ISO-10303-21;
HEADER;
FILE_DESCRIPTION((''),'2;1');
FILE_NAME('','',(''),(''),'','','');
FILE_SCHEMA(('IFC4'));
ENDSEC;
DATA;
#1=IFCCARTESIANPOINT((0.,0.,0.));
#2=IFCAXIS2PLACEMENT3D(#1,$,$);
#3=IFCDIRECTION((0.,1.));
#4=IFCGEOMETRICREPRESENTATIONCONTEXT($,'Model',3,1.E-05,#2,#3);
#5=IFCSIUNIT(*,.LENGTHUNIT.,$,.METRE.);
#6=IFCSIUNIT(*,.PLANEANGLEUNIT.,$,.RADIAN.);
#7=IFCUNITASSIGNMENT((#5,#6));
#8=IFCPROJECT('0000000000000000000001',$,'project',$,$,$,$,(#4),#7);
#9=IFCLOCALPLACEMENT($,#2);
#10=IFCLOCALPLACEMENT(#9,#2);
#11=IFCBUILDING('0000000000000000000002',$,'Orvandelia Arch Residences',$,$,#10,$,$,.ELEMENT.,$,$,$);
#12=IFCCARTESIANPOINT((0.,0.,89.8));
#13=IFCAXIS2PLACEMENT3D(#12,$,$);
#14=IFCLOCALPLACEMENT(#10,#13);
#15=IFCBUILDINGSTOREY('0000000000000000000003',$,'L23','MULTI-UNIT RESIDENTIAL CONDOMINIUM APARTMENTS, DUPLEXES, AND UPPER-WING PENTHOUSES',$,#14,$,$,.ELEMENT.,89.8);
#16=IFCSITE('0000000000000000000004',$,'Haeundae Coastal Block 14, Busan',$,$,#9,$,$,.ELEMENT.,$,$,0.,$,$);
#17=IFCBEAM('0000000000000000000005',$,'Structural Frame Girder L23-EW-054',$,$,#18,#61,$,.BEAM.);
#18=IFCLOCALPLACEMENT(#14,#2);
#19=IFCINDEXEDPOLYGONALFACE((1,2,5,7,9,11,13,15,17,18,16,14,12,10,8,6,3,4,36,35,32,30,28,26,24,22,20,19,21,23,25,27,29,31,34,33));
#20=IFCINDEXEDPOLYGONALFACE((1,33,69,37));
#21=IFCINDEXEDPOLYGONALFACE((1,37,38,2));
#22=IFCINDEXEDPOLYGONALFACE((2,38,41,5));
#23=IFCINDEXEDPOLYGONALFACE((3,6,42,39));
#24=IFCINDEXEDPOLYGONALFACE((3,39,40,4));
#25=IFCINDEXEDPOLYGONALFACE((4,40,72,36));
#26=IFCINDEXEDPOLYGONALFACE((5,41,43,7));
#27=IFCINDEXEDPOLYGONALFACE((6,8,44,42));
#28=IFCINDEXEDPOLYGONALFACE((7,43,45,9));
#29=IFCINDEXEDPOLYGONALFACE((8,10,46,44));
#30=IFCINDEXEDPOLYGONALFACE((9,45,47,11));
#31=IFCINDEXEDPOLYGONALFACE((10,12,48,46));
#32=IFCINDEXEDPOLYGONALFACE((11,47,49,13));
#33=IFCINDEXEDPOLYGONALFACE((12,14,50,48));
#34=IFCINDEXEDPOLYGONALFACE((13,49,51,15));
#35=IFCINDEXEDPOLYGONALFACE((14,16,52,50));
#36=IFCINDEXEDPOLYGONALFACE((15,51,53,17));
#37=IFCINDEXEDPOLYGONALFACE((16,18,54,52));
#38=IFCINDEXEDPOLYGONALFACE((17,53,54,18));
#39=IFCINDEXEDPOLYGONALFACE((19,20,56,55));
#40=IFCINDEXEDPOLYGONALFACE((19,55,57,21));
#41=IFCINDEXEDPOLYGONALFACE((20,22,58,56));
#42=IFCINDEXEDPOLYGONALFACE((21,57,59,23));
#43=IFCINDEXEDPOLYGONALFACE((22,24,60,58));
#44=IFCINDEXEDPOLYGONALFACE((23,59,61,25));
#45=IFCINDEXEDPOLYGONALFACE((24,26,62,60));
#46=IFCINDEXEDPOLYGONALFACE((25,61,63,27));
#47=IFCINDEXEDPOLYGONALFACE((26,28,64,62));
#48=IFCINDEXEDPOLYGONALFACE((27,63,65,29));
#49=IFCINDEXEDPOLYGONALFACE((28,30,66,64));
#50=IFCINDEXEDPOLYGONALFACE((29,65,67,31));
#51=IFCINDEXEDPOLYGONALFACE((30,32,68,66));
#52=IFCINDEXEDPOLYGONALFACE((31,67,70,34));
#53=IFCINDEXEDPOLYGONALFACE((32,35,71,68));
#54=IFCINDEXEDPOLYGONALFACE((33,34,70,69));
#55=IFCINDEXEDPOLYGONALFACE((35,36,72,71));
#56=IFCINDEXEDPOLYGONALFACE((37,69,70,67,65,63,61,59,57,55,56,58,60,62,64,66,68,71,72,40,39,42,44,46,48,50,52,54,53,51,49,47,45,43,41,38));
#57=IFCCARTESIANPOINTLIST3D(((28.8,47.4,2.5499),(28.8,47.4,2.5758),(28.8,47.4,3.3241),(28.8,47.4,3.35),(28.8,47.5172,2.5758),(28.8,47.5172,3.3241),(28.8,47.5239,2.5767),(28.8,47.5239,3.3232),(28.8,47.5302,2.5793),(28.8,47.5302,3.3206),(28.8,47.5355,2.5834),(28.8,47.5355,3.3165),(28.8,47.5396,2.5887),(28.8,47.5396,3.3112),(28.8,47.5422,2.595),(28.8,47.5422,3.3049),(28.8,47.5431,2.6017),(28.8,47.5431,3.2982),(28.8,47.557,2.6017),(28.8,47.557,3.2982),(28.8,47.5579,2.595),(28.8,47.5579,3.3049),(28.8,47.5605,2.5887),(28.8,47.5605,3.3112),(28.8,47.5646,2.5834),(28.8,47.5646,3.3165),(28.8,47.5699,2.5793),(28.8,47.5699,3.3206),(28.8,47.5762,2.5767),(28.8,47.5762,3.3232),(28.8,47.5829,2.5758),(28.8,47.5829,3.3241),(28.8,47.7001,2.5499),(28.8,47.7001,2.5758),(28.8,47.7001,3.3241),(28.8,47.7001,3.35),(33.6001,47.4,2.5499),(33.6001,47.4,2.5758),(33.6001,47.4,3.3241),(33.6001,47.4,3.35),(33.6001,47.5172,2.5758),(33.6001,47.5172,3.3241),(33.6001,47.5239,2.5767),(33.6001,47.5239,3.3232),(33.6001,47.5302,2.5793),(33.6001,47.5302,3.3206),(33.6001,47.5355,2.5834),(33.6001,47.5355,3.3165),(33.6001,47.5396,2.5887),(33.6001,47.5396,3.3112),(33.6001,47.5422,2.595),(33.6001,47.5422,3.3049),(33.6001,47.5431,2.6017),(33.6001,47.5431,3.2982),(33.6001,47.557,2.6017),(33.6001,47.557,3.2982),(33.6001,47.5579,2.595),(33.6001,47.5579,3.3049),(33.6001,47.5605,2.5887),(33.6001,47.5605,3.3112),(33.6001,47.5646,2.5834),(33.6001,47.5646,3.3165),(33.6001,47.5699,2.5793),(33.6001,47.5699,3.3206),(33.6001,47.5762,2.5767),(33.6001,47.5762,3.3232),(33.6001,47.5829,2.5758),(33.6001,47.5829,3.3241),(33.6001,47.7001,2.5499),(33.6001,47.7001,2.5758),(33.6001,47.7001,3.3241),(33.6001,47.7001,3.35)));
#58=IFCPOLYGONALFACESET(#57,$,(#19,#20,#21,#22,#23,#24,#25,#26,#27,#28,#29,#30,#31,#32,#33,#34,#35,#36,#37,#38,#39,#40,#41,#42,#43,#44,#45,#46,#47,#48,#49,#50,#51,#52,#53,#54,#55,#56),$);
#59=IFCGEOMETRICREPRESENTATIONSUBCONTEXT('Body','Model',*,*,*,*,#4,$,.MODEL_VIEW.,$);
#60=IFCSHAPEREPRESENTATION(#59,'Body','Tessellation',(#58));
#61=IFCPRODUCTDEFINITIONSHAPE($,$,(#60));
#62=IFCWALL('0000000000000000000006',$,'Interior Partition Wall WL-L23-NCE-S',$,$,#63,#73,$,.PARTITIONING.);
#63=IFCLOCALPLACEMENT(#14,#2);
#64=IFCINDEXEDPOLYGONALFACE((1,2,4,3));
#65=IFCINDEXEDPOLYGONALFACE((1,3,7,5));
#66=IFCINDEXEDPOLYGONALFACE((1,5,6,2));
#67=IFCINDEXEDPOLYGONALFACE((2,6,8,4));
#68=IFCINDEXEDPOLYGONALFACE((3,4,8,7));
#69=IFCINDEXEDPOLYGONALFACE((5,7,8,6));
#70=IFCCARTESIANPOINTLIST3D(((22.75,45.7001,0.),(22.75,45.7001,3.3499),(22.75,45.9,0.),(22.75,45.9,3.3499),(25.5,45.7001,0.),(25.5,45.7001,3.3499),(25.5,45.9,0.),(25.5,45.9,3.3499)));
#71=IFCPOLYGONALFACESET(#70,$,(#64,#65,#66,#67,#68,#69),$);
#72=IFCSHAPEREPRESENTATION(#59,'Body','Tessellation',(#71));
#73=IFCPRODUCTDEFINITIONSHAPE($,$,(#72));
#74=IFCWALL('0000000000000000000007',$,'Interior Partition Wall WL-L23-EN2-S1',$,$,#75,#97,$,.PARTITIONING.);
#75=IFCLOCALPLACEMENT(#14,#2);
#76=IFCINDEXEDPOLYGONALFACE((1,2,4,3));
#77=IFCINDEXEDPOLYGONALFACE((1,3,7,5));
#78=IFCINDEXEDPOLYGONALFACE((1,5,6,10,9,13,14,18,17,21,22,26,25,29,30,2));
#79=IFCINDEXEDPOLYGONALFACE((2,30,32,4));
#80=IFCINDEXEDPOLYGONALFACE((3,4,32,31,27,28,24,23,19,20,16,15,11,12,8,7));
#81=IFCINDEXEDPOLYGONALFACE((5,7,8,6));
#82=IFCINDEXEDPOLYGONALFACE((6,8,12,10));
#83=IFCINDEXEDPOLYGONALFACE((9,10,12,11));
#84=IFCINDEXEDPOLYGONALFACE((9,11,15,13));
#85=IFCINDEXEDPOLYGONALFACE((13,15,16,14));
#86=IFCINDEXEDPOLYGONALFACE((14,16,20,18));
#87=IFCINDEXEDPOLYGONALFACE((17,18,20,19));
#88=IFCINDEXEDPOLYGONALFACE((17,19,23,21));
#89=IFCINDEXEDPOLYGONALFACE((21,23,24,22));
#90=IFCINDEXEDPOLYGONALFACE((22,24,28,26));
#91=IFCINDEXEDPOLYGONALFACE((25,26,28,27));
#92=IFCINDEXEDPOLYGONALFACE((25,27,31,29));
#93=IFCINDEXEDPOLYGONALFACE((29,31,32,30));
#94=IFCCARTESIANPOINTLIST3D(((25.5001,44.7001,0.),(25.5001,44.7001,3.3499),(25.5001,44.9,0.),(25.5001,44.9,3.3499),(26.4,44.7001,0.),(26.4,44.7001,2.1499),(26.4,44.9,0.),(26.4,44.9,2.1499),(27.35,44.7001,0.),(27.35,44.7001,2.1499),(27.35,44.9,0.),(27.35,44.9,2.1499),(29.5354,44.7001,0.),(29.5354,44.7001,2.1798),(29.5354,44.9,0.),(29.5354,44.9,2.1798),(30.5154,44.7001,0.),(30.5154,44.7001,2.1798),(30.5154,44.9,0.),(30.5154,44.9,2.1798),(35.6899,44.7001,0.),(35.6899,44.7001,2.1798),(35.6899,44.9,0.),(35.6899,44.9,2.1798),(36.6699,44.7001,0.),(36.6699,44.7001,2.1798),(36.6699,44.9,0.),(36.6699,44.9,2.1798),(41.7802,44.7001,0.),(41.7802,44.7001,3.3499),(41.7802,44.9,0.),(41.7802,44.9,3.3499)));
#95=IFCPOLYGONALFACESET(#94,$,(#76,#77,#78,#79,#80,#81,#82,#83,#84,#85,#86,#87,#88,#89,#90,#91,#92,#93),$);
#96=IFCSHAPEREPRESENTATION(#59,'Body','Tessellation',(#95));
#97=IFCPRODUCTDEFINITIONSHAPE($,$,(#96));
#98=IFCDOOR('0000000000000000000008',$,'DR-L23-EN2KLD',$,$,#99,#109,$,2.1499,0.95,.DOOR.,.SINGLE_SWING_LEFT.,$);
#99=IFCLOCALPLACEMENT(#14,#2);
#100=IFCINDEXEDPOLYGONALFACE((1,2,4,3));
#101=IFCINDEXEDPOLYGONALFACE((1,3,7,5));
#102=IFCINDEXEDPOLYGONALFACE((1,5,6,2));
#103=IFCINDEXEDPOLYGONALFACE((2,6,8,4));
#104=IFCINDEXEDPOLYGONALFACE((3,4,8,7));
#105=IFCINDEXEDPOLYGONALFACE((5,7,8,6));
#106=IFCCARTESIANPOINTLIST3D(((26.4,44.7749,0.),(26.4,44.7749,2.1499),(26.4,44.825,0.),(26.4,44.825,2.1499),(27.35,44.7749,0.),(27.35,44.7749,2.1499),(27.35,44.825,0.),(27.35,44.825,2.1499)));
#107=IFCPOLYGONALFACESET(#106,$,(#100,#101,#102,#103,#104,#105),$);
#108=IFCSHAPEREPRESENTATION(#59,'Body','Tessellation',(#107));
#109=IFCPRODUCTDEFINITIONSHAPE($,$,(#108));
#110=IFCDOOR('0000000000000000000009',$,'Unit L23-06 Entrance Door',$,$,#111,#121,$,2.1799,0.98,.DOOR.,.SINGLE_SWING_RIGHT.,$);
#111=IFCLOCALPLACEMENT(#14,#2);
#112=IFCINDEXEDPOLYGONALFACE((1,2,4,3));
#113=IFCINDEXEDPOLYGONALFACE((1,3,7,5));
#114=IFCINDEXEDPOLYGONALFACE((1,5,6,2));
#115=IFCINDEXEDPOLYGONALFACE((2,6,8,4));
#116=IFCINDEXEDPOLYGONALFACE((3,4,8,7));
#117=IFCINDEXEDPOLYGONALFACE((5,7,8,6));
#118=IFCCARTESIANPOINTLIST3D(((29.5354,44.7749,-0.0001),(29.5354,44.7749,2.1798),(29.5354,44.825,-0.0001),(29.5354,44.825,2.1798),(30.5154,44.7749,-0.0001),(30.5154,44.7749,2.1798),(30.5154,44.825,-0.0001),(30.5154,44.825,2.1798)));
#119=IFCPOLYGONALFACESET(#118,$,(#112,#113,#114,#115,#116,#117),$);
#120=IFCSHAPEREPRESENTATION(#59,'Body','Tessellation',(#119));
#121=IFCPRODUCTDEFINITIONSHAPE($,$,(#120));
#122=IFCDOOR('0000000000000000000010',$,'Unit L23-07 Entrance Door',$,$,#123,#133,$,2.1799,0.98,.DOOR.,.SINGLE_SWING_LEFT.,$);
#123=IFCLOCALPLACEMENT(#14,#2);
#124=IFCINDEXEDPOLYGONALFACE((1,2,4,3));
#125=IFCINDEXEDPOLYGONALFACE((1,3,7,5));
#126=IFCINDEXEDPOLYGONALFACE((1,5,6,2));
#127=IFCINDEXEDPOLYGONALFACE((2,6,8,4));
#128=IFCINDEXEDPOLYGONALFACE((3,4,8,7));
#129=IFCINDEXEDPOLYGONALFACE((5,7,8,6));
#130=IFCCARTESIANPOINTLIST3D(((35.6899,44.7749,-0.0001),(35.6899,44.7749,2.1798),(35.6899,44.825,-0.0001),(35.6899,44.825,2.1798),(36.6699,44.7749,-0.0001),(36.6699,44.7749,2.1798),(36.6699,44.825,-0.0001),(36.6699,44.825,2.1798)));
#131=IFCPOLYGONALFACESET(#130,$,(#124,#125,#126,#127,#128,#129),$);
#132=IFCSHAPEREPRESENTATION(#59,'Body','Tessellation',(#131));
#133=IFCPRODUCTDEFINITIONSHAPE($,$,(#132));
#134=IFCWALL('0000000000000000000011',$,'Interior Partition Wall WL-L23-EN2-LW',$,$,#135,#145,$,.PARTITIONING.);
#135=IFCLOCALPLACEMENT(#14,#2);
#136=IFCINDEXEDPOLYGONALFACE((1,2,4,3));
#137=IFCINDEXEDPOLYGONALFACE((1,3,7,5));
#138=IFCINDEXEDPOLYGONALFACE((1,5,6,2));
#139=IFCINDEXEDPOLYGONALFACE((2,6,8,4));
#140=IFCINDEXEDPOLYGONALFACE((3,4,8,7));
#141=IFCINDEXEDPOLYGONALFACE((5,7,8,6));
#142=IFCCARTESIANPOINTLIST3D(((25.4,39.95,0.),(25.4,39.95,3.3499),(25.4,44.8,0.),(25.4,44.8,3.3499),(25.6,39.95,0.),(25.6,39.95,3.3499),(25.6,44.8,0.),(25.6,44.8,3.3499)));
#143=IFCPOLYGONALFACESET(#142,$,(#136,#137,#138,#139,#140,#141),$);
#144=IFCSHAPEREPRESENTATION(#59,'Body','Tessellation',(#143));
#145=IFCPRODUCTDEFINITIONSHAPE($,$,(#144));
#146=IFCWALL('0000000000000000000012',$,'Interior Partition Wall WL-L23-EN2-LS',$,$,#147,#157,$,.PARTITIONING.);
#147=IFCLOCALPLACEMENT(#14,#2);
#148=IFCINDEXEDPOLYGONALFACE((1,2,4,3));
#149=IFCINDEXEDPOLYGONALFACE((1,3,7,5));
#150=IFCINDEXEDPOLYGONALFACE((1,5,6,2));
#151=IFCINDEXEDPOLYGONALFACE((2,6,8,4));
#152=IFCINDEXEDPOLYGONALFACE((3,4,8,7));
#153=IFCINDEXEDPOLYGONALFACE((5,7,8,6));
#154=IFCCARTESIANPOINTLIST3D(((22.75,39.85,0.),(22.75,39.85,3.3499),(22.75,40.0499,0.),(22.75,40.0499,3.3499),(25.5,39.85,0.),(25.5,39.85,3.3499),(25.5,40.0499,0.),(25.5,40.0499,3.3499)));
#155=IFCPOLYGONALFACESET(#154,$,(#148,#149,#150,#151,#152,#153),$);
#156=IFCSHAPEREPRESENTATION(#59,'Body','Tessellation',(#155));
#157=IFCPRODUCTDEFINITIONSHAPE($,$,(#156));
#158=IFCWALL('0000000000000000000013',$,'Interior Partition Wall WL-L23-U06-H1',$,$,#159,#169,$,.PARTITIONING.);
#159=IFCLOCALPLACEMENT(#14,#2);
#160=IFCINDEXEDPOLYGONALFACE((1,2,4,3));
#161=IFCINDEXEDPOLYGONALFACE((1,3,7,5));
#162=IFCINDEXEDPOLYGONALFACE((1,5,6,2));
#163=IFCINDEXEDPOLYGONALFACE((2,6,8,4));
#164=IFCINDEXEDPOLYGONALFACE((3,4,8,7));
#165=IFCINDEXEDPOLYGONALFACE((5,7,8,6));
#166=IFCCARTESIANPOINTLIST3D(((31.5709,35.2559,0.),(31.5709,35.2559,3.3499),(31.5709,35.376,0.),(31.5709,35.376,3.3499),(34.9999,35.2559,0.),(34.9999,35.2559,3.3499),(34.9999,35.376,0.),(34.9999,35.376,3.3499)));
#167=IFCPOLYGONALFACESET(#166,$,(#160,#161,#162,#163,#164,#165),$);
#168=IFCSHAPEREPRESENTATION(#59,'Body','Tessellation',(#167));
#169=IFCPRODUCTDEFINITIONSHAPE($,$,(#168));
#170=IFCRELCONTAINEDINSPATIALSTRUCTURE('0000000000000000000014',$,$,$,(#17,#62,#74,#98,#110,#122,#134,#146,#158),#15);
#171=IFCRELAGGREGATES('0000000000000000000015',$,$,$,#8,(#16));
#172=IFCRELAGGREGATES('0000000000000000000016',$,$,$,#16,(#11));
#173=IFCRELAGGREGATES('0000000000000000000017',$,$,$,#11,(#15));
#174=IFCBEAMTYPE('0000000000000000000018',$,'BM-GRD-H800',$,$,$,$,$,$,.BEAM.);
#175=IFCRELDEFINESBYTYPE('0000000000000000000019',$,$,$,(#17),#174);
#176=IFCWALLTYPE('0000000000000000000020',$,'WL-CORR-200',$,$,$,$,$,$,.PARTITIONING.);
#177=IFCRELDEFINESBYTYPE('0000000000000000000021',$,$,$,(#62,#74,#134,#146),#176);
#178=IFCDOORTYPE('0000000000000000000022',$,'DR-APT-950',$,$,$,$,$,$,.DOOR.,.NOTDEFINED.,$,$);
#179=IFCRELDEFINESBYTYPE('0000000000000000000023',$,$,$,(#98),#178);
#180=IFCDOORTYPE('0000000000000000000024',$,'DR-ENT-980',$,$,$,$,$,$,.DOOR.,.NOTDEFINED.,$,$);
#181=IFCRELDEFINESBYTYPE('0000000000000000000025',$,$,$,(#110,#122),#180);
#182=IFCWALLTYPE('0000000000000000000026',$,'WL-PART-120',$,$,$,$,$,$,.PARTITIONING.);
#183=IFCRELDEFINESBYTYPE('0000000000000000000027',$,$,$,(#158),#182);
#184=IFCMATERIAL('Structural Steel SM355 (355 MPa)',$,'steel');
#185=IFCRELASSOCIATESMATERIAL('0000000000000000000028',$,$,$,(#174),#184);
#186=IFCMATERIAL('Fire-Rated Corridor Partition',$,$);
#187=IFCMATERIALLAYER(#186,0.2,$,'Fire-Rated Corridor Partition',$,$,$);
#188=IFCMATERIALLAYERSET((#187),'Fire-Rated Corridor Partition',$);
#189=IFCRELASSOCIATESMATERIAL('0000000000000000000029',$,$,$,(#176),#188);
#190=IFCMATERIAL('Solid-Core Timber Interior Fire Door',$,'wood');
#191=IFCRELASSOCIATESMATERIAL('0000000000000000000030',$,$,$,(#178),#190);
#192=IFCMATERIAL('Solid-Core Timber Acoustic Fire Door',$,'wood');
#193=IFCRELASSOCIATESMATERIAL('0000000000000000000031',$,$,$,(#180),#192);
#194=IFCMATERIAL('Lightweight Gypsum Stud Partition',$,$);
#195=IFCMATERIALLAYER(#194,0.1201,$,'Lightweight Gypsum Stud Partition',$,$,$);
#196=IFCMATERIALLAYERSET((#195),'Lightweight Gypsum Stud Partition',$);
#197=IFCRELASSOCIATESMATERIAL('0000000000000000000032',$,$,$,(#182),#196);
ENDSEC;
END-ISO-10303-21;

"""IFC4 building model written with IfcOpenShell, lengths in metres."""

from ifc_helpers import new_model, si_unit, direction, frame, frame_2d, origin, origin_2d, place, context, subcontext, project, spatial, rectangle, i_section, extrude, material, layer, layer_set, material_profile, profile_set, type_object, element, fill, save


model = new_model("IFC4")

# Units and contexts
model_context = context("Model", 3, precision=1e-05, world=origin(), true_north=direction((0.0, 1.0)))
body_context = subcontext(model_context, "Body", "Model", "MODEL_VIEW")
ifc_project = project(units=[si_unit("LENGTHUNIT", "METRE"), si_unit("PLANEANGLEUNIT", "RADIAN")], contexts=[model_context])

# Site, building, storey
site_placement = place(None, origin())
site = spatial("IfcSite", under=ifc_project, at=site_placement, Name="Haeundae Coastal Block 14, Busan", CompositionType="ELEMENT", RefElevation=0.0)
building_placement = place(site_placement, origin())
building = spatial("IfcBuilding", under=site, at=building_placement, Name="Orvandelia Arch Residences", CompositionType="ELEMENT")
storey_placement = place(building_placement, frame((0.0, 0.0, 89.8)))
storey = spatial("IfcBuildingStorey", under=building, at=storey_placement, Name="L23", Description="MULTI-UNIT RESIDENTIAL CONDOMINIUM APARTMENTS, DUPLEXES, AND UPPER-WING PENTHOUSES", CompositionType="ELEMENT", Elevation=89.8)

# Beam
ifc_material_1 = material(Name="Structural Steel SM355 (355 MPa)", Category="steel")
ifc_material_profile_1 = material_profile(ifc_material_1, i_section(OverallWidth=0.3, OverallDepth=0.8, WebThickness=0.0139, FlangeThickness=0.0259, FilletRadius=0.0259, at=origin_2d()), Name="Structural Steel SM355 (355 MPa)", Category="steel")
ifc_profile_set_1 = profile_set([ifc_material_profile_1], Name="Structural Steel SM355 (355 MPa)")
beam_type = type_object("IfcBeamType", Name="BM-GRD-H800", PredefinedType="BEAM", material=ifc_profile_set_1)
beam_1_placement = place(storey_placement, frame((28.8, 47.55, 2.95), z_axis=(1.0, 0.0, 0.0), x_axis=(0.0, 1.0, 0.0)))
element("IfcBeam", 1, at=beam_1_placement, inside=storey, type_object=beam_type, Name="Structural Frame Girder L23-EW-054", PredefinedType="BEAM", context=body_context, shape_type="SweptSolid", body=[
    extrude(i_section(OverallWidth=0.3, OverallDepth=0.8, WebThickness=0.0139, FlangeThickness=0.0259, FilletRadius=0.0259, at=origin_2d()), origin(), (0.0, 0.0, 1.0), 4.8),
])

# Wall
ifc_material_2 = material(Name="Fire-Rated Corridor Partition")
ifc_layer_1 = layer(ifc_material_2, 0.2, Name="Fire-Rated Corridor Partition")
ifc_layer_set_1 = layer_set([ifc_layer_1], Name="Fire-Rated Corridor Partition")
wall_type_1 = type_object("IfcWallType", Name="WL-CORR-200", PredefinedType="PARTITIONING", material=ifc_layer_set_1)
wall_1_placement = place(storey_placement, frame((22.75, 45.8, 0.0), z_axis=(0.0, 0.0, 1.0), x_axis=(1.0, 0.0, 0.0)))
element("IfcWall", 2, at=wall_1_placement, inside=storey, type_object=wall_type_1, Name="Interior Partition Wall WL-L23-NCE-S", PredefinedType="PARTITIONING", context=body_context, shape_type="SweptSolid", body=[
    extrude(rectangle(XDim=2.75, YDim=0.2, at=frame_2d((1.375, 0.0))), origin(), (0.0, 0.0, 1.0), 3.3499),
])

# Wall, openings, doors
wall_2_placement = place(storey_placement, frame((25.5, 44.8, 0.0), z_axis=(0.0, 0.0, 1.0), x_axis=(1.0, 0.0, 0.0)))
wall_2 = element("IfcWall", 3, at=wall_2_placement, inside=storey, type_object=wall_type_1, Name="Interior Partition Wall WL-L23-EN2-S1", PredefinedType="PARTITIONING", context=body_context, shape_type="SweptSolid", body=[
    extrude(rectangle(XDim=16.28, YDim=0.2, at=frame_2d((8.1401, 0.0))), origin(), (0.0, 0.0, 1.0), 3.3499),
])
opening_1_placement = place(wall_2_placement, frame((0.8999, 0.0, 0.0)))
opening_1 = element("IfcOpeningElement", 4, at=opening_1_placement, cuts=wall_2, PredefinedType="OPENING", context=body_context, shape_type="SweptSolid", body=[
    extrude(rectangle(XDim=0.95, YDim=2.1499, at=frame_2d((0.4751, 1.075))), frame((0.0, 0.1099, 0.0), z_axis=(0.0, -1.0, 0.0), x_axis=(1.0, 0.0, 0.0)), (0.0, 0.0, 1.0), 0.22),
])
opening_2_placement = place(wall_2_placement, frame((4.0354, 0.0, 0.0)))
opening_2 = element("IfcOpeningElement", 5, at=opening_2_placement, cuts=wall_2, PredefinedType="OPENING", context=body_context, shape_type="SweptSolid", body=[
    extrude(rectangle(XDim=0.98, YDim=2.1799, at=frame_2d((0.49, 1.0898))), frame((0.0, 0.1099, 0.0), z_axis=(0.0, -1.0, 0.0), x_axis=(1.0, 0.0, 0.0)), (0.0, 0.0, 1.0), 0.22),
])
opening_3_placement = place(wall_2_placement, frame((10.1899, 0.0, 0.0)))
opening_3 = element("IfcOpeningElement", 6, at=opening_3_placement, cuts=wall_2, PredefinedType="OPENING", context=body_context, shape_type="SweptSolid", body=[
    extrude(rectangle(XDim=0.98, YDim=2.1799, at=frame_2d((0.49, 1.0898))), frame((0.0, 0.1099, 0.0), z_axis=(0.0, -1.0, 0.0), x_axis=(1.0, 0.0, 0.0)), (0.0, 0.0, 1.0), 0.22),
])
ifc_material_3 = material(Name="Solid-Core Timber Interior Fire Door", Category="wood")
door_type_1 = type_object("IfcDoorType", Name="DR-APT-950", OperationType="NOTDEFINED", PredefinedType="DOOR", material=ifc_material_3)
door_1_placement = place(opening_1_placement, origin())
door_1 = element("IfcDoor", 7, at=door_1_placement, inside=storey, type_object=door_type_1, Name="DR-L23-EN2KLD", OperationType="SINGLE_SWING_LEFT", OverallHeight=2.1499, OverallWidth=0.95, PredefinedType="DOOR", context=body_context, shape_type="SweptSolid", body=[
    extrude(rectangle(XDim=0.95, YDim=2.1499, at=frame_2d((0.4751, 1.075))), frame((0.0, 0.0249, 0.0), z_axis=(0.0, -1.0, 0.0), x_axis=(1.0, 0.0, 0.0)), (0.0, 0.0, 1.0), 0.05),
])
fill(opening_1, door_1)
ifc_material_4 = material(Name="Solid-Core Timber Acoustic Fire Door", Category="wood")
door_type_2 = type_object("IfcDoorType", Name="DR-ENT-980", OperationType="NOTDEFINED", PredefinedType="DOOR", material=ifc_material_4)
door_2_placement = place(opening_2_placement, origin())
door_2 = element("IfcDoor", 8, at=door_2_placement, inside=storey, type_object=door_type_2, Name="Unit L23-06 Entrance Door", OperationType="SINGLE_SWING_RIGHT", OverallHeight=2.1799, OverallWidth=0.98, PredefinedType="DOOR", context=body_context, shape_type="SweptSolid", body=[
    extrude(rectangle(XDim=0.98, YDim=2.1799, at=frame_2d((0.49, 1.0898))), frame((0.0, 0.0249, 0.0), z_axis=(0.0, -1.0, 0.0), x_axis=(1.0, 0.0, 0.0)), (0.0, 0.0, 1.0), 0.05),
])
fill(opening_2, door_2)
door_3_placement = place(opening_3_placement, origin())
door_3 = element("IfcDoor", 9, at=door_3_placement, inside=storey, type_object=door_type_2, Name="Unit L23-07 Entrance Door", OperationType="SINGLE_SWING_LEFT", OverallHeight=2.1799, OverallWidth=0.98, PredefinedType="DOOR", context=body_context, shape_type="SweptSolid", body=[
    extrude(rectangle(XDim=0.98, YDim=2.1799, at=frame_2d((0.49, 1.0898))), frame((0.0, 0.0249, 0.0), z_axis=(0.0, -1.0, 0.0), x_axis=(1.0, 0.0, 0.0)), (0.0, 0.0, 1.0), 0.05),
])
fill(opening_3, door_3)

# Walls
wall_3_placement = place(storey_placement, frame((25.5, 39.95, 0.0), z_axis=(0.0, 0.0, 1.0), x_axis=(0.0, 1.0, 0.0)))
element("IfcWall", 10, at=wall_3_placement, inside=storey, type_object=wall_type_1, Name="Interior Partition Wall WL-L23-EN2-LW", PredefinedType="PARTITIONING", context=body_context, shape_type="SweptSolid", body=[
    extrude(rectangle(XDim=4.8501, YDim=0.2, at=frame_2d((2.425, 0.0))), origin(), (0.0, 0.0, 1.0), 3.3499),
])
wall_4_placement = place(storey_placement, frame((22.75, 39.95, 0.0), z_axis=(0.0, 0.0, 1.0), x_axis=(1.0, 0.0, 0.0)))
element("IfcWall", 11, at=wall_4_placement, inside=storey, type_object=wall_type_1, Name="Interior Partition Wall WL-L23-EN2-LS", PredefinedType="PARTITIONING", context=body_context, shape_type="SweptSolid", body=[
    extrude(rectangle(XDim=2.75, YDim=0.2, at=frame_2d((1.375, 0.0))), origin(), (0.0, 0.0, 1.0), 3.3499),
])
ifc_material_5 = material(Name="Lightweight Gypsum Stud Partition")
ifc_layer_2 = layer(ifc_material_5, 0.1201, Name="Lightweight Gypsum Stud Partition")
ifc_layer_set_2 = layer_set([ifc_layer_2], Name="Lightweight Gypsum Stud Partition")
wall_type_2 = type_object("IfcWallType", Name="WL-PART-120", PredefinedType="PARTITIONING", material=ifc_layer_set_2)
wall_5_placement = place(storey_placement, frame((31.571, 35.3159, 0.0), z_axis=(0.0, 0.0, 1.0), x_axis=(1.0, 0.0, 0.0)))
element("IfcWall", 12, at=wall_5_placement, inside=storey, type_object=wall_type_2, Name="Interior Partition Wall WL-L23-U06-H1", PredefinedType="PARTITIONING", context=body_context, shape_type="SweptSolid", body=[
    extrude(rectangle(XDim=3.429, YDim=0.1201, at=frame_2d((1.7144, 0.0))), origin(), (0.0, 0.0, 1.0), 3.3499),
])

save(model, "model.ifc")
